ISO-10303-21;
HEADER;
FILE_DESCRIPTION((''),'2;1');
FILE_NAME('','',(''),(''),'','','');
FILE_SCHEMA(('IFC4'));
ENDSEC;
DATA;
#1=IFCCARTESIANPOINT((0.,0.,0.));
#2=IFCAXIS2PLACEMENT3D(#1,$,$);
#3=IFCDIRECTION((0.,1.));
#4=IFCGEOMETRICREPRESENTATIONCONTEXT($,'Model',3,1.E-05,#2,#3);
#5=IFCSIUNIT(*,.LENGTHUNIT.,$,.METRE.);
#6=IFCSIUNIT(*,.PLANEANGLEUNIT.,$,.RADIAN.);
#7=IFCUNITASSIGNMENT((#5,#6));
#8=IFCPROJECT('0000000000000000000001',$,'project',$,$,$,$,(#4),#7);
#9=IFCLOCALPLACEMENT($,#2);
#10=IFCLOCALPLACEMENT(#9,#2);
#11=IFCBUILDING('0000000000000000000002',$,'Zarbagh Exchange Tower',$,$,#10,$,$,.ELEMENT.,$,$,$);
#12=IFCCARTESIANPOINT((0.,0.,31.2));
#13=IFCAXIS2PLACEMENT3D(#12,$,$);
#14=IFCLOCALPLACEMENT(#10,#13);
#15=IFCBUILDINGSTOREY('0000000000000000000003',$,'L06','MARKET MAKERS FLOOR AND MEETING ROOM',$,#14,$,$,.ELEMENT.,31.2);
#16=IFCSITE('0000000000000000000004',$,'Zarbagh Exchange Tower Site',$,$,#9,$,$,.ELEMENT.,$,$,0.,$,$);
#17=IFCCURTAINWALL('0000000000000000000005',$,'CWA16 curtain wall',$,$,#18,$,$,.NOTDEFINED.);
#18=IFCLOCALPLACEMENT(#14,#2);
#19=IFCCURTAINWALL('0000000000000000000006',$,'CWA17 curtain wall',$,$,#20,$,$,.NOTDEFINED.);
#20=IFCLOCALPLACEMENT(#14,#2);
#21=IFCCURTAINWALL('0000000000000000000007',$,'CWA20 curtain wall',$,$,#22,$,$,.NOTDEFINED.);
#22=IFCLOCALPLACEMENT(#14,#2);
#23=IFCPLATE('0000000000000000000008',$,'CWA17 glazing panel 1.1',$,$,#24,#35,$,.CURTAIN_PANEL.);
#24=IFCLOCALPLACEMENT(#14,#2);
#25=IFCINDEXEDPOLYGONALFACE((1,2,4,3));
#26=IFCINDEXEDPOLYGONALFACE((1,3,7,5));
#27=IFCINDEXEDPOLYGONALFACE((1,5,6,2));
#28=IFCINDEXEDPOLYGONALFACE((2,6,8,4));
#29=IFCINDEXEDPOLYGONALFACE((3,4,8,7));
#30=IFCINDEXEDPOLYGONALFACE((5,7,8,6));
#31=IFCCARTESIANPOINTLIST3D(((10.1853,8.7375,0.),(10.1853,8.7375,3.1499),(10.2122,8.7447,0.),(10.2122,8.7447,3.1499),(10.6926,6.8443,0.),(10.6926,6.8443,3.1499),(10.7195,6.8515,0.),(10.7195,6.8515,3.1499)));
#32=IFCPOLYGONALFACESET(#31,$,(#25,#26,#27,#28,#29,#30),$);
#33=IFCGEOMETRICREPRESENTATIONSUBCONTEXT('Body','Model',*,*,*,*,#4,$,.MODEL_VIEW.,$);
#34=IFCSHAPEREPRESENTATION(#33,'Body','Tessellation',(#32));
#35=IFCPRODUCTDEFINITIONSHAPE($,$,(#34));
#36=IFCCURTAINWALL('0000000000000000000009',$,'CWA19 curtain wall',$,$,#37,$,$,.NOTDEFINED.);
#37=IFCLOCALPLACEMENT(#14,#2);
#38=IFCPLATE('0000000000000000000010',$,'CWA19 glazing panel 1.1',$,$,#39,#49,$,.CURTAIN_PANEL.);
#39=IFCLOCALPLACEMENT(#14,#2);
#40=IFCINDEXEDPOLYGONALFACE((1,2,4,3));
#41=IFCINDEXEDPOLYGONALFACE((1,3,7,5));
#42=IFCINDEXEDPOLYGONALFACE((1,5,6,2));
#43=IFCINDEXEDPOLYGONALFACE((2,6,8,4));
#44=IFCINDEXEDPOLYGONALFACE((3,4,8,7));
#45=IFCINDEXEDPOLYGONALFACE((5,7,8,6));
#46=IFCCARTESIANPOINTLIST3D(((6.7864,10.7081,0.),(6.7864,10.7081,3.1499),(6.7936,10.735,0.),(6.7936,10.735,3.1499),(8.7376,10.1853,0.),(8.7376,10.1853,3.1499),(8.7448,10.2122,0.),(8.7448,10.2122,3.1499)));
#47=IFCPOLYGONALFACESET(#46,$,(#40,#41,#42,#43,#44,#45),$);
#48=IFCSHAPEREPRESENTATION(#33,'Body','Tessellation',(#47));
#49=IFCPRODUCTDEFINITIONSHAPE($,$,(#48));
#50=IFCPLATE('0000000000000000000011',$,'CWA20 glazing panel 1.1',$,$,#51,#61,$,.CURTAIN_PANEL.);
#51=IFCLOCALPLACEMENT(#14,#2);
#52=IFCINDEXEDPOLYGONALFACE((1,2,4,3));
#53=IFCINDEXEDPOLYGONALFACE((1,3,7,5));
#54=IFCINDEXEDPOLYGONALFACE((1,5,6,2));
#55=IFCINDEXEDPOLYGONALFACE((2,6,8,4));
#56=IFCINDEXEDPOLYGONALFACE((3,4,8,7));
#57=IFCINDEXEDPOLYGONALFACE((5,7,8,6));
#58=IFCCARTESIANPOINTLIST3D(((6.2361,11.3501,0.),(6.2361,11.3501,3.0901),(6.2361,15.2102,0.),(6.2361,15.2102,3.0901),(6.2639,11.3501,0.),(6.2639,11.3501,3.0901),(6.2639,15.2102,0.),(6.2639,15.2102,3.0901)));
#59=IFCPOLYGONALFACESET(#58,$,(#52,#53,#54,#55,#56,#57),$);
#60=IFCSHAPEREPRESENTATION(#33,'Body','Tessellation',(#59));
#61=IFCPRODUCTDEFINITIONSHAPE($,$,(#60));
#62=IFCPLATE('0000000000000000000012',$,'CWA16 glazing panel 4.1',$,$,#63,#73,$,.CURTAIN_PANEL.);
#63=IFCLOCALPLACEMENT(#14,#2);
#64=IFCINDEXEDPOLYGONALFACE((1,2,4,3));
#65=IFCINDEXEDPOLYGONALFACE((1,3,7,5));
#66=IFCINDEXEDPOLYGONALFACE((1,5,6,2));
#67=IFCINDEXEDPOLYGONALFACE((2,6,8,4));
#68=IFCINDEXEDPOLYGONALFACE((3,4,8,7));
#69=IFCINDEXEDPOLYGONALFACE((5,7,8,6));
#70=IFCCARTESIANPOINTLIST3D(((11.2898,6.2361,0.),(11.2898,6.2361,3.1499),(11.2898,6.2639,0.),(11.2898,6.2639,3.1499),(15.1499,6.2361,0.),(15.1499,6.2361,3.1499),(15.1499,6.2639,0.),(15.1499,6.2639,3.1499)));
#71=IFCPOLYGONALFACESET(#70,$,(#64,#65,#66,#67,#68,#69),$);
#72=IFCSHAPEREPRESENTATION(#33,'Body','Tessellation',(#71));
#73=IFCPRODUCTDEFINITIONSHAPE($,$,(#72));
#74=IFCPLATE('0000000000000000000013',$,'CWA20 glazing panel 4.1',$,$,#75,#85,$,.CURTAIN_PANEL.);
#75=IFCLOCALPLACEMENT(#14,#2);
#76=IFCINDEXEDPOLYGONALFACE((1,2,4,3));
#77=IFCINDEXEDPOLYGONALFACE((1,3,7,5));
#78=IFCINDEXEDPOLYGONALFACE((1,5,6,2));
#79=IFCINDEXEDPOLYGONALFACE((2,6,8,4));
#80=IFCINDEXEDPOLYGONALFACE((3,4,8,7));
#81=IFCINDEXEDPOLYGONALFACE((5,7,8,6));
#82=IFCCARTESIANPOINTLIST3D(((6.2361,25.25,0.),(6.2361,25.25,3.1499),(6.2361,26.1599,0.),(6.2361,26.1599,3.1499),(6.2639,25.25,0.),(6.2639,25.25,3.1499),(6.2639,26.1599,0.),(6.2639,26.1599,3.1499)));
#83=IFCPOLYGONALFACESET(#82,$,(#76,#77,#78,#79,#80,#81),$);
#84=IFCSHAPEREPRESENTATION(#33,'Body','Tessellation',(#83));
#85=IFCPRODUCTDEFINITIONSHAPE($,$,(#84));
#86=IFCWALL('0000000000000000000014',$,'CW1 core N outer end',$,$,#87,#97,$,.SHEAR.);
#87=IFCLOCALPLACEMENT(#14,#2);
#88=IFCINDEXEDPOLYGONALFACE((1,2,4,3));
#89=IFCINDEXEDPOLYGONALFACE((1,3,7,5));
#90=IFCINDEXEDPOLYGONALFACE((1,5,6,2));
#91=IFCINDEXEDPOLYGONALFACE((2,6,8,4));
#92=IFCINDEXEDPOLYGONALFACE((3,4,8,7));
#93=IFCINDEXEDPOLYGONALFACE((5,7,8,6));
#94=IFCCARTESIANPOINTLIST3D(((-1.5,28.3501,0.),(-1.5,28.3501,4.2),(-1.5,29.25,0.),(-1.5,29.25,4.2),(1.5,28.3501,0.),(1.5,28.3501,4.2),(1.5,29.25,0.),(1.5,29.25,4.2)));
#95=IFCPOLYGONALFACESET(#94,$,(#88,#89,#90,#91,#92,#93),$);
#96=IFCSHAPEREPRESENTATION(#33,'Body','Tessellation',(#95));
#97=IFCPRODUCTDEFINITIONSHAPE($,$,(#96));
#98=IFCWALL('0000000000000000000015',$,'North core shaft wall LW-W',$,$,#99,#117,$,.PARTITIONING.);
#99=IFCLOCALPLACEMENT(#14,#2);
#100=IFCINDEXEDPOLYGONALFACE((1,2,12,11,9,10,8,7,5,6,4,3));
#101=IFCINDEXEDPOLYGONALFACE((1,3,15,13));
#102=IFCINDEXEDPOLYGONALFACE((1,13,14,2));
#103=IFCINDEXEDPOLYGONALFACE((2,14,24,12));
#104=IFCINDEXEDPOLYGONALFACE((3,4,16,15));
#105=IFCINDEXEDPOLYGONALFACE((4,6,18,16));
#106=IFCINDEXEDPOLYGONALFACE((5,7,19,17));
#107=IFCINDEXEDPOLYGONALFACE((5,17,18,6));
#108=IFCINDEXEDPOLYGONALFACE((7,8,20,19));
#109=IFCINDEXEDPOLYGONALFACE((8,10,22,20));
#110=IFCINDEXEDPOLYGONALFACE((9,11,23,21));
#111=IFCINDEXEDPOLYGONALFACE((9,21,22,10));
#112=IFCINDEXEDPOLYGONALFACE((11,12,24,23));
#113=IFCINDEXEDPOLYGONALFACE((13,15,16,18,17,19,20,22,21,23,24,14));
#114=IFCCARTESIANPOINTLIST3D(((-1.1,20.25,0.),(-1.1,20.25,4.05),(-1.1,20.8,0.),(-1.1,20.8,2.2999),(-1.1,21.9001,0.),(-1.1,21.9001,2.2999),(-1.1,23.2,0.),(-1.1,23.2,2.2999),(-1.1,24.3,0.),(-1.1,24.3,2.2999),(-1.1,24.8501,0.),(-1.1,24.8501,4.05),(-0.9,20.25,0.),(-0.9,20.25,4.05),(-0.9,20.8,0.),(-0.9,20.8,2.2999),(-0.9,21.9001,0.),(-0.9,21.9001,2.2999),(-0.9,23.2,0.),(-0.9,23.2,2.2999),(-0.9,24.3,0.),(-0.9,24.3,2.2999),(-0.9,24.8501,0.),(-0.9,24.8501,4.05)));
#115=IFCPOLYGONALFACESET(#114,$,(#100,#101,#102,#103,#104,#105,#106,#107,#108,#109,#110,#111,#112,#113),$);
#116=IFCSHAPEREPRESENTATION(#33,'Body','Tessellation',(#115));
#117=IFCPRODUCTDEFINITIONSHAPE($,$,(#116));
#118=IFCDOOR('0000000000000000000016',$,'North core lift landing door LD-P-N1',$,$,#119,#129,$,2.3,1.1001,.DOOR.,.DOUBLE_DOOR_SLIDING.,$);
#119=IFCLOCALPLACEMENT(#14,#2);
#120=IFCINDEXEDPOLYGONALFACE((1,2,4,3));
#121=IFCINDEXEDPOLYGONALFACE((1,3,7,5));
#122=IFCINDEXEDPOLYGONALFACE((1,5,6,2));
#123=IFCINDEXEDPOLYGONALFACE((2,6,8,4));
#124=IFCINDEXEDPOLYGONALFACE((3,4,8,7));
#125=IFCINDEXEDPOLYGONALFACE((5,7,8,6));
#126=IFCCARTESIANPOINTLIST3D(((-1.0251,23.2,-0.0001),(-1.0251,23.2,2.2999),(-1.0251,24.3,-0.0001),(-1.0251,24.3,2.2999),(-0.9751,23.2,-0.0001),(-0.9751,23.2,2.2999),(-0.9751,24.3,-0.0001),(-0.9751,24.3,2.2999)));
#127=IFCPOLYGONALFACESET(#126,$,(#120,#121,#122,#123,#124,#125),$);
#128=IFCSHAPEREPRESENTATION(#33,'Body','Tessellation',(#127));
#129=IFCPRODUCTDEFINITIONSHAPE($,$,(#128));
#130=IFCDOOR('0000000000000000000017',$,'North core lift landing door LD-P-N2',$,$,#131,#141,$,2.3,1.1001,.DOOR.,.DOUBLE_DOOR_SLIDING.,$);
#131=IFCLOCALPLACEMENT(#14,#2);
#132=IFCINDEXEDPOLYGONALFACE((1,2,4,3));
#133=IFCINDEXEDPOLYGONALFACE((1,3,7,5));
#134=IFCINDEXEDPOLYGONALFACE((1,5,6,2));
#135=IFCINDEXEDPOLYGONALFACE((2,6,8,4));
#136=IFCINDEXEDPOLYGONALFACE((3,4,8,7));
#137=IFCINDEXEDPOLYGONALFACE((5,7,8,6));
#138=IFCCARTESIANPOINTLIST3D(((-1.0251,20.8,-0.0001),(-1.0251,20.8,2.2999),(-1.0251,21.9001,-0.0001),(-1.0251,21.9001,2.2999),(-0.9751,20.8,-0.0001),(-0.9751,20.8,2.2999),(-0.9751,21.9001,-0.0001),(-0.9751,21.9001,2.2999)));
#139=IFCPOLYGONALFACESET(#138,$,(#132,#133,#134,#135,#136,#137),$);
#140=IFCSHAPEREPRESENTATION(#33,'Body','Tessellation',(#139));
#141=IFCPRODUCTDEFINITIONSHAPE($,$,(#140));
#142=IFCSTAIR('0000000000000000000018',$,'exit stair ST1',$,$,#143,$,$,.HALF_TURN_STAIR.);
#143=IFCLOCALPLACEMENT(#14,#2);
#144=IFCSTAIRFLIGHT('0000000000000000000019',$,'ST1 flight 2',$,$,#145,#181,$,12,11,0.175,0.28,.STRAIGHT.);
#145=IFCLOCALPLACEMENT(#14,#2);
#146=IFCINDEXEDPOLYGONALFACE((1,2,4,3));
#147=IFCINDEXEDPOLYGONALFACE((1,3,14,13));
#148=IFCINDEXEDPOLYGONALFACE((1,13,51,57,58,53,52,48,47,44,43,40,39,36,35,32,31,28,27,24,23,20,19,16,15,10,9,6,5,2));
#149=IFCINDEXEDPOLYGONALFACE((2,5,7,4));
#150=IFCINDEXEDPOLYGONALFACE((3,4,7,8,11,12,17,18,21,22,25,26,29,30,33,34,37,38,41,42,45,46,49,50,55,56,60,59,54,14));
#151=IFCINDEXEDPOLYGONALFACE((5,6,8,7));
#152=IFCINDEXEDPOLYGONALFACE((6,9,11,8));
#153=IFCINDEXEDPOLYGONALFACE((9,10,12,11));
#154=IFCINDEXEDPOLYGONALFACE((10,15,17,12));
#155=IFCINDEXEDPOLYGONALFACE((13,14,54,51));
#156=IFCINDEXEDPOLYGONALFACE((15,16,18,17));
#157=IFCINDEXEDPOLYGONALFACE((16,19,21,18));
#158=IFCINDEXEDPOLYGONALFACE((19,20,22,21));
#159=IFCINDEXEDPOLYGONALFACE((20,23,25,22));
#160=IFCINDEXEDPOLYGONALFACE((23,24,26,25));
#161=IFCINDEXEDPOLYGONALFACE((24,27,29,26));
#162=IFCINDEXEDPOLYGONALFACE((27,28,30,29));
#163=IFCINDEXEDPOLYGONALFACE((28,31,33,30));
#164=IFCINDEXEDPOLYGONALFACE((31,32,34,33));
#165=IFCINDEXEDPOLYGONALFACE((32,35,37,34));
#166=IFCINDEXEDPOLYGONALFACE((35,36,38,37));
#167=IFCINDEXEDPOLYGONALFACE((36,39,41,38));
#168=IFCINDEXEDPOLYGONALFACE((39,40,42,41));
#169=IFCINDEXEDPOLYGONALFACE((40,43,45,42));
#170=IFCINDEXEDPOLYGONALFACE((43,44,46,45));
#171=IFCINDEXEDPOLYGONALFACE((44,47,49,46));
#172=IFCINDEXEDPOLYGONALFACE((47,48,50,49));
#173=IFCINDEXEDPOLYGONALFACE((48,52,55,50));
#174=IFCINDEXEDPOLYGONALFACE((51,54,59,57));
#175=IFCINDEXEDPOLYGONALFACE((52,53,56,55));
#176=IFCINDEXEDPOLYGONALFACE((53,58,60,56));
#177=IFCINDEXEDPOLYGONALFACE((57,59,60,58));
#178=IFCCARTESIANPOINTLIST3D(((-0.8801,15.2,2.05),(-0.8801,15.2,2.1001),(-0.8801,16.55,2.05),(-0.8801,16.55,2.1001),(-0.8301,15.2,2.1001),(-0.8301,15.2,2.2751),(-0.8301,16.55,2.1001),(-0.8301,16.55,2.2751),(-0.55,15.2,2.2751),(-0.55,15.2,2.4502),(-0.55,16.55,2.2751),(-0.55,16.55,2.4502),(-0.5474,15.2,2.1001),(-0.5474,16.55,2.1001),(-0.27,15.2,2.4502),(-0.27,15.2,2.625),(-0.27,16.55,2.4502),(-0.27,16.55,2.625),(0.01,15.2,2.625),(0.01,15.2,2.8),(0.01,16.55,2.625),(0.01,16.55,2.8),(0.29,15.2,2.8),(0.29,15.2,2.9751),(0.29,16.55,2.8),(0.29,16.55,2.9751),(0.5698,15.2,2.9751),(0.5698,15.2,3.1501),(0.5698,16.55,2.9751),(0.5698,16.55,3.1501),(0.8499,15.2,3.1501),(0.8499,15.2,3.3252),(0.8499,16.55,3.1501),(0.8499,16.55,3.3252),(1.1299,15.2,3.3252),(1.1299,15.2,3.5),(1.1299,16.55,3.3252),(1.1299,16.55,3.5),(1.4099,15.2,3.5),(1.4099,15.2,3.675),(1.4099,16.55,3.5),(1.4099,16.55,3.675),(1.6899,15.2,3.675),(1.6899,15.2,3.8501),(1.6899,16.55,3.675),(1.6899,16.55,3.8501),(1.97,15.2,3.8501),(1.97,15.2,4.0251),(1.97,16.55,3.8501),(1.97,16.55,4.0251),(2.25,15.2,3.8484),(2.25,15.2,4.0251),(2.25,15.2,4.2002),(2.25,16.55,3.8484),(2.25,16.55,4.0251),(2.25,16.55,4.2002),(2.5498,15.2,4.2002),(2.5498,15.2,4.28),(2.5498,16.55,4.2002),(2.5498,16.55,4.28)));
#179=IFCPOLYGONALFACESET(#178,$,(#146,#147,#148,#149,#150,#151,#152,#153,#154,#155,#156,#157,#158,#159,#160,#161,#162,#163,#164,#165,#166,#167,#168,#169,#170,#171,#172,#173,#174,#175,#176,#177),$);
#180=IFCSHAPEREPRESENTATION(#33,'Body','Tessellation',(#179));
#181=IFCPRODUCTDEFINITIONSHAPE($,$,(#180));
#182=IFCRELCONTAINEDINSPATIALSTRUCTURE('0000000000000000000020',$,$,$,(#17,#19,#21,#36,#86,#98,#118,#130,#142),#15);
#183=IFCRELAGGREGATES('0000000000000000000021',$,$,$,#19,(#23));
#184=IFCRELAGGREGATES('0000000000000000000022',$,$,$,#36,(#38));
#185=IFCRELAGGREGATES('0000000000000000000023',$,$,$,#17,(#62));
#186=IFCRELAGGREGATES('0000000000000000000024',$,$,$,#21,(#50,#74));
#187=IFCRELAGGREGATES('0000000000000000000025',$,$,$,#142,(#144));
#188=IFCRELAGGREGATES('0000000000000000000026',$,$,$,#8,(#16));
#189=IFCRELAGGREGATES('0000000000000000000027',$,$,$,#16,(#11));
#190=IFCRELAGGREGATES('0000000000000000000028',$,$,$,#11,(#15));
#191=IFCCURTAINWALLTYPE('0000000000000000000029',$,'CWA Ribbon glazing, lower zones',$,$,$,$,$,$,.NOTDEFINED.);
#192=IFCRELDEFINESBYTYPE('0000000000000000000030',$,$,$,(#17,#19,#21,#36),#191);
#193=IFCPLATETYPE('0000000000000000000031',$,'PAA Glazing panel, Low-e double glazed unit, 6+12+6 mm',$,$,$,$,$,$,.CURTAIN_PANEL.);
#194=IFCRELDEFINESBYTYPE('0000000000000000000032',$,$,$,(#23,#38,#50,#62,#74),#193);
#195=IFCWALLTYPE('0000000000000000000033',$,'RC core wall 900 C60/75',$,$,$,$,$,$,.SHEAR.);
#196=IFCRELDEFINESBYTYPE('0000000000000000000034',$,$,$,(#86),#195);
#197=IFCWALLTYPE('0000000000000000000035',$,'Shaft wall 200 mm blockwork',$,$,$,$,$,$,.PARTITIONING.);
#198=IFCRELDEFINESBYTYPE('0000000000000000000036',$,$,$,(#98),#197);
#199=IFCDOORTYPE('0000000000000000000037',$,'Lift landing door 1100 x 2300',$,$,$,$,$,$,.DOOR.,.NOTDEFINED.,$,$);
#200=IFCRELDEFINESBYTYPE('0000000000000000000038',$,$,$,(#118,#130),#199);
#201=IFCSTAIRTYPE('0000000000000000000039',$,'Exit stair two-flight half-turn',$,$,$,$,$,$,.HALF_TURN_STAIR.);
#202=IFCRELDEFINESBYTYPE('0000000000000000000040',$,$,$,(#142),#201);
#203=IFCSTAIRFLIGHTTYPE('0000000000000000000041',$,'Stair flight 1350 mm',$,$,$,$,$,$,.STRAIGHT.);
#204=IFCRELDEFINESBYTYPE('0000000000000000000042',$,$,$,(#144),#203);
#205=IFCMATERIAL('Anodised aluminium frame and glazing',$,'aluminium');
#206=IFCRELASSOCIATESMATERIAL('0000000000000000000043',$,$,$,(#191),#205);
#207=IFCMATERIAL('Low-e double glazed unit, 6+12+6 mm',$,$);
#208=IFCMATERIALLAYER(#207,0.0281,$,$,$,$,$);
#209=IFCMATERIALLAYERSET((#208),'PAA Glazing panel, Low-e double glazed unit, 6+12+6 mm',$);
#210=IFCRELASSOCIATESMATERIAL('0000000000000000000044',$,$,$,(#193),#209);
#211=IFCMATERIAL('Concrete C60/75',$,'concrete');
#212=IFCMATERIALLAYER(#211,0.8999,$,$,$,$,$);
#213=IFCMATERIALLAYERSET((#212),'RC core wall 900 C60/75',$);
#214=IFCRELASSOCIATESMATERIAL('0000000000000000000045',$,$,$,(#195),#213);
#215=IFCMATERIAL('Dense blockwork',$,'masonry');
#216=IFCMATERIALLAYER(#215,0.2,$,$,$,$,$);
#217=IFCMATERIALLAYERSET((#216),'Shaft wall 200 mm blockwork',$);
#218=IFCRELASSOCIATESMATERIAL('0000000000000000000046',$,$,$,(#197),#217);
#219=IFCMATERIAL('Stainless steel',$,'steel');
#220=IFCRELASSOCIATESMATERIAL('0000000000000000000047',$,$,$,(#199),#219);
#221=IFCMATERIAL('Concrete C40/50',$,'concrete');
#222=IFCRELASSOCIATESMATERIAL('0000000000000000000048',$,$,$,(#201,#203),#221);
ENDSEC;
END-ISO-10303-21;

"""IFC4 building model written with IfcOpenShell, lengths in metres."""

from ifc_helpers import new_model, si_unit, direction, frame, frame_2d, origin, place, context, subcontext, project, spatial, polyline, rectangle, outline, extrude, source, transform, mapped, material, layer, layer_set, type_object, element, fill, aggregate, save


model = new_model("IFC4")

# Units and contexts
model_context = context("Model", 3, precision=1e-05, world=origin(), true_north=direction((0.0, 1.0)))
body_context = subcontext(model_context, "Body", "Model", "MODEL_VIEW")
ifc_project = project(units=[si_unit("LENGTHUNIT", "METRE"), si_unit("PLANEANGLEUNIT", "RADIAN")], contexts=[model_context])

# Site, building, storey
site_placement = place(None, origin())
site = spatial("IfcSite", under=ifc_project, at=site_placement, Name="Zarbagh Exchange Tower Site", CompositionType="ELEMENT", RefElevation=0.0)
building_placement = place(site_placement, origin())
building = spatial("IfcBuilding", under=site, at=building_placement, Name="Zarbagh Exchange Tower", CompositionType="ELEMENT")
storey_placement = place(building_placement, frame((0.0, 0.0, 31.2)))
storey = spatial("IfcBuildingStorey", under=building, at=storey_placement, Name="L06", Description="MARKET MAKERS FLOOR AND MEETING ROOM", CompositionType="ELEMENT", Elevation=31.2)

# Shared definitions
ifc_material_1 = material(Name="Concrete C60/75", Category="concrete")

# Curtain wall
ifc_material_2 = material(Name="Anodised aluminium frame and glazing", Category="aluminium")
curtain_wall_type = type_object("IfcCurtainWallType", Name="CWA Ribbon glazing, lower zones", PredefinedType="NOTDEFINED", material=ifc_material_2)
curtain_wall_1_placement = place(storey_placement, origin())
curtain_wall_1 = element("IfcCurtainWall", 1, at=curtain_wall_1_placement, inside=storey, type_object=curtain_wall_type, Name="CWA16 curtain wall", PredefinedType="NOTDEFINED")
placement = place(storey_placement, origin())

# Curtain wall
curtain_wall_2_placement = place(storey_placement, origin())
curtain_wall_2 = element("IfcCurtainWall", 2, at=curtain_wall_2_placement, inside=storey, type_object=curtain_wall_type, Name="CWA17 curtain wall", PredefinedType="NOTDEFINED")

# Curtain wall
curtain_wall_3_placement = place(storey_placement, origin())
curtain_wall_3 = element("IfcCurtainWall", 3, at=curtain_wall_3_placement, inside=storey, type_object=curtain_wall_type, Name="CWA20 curtain wall", PredefinedType="NOTDEFINED")

# Shared definitions
ifc_material_3 = material(Name="Low-e double glazed unit, 6+12+6 mm")
ifc_layer_1 = layer(ifc_material_3, 0.0281)
ifc_layer_set_1 = layer_set([ifc_layer_1], Name="PAA Glazing panel, Low-e double glazed unit, 6+12+6 mm")
plate_type = type_object("IfcPlateType", Name="PAA Glazing panel, Low-e double glazed unit, 6+12+6 mm", PredefinedType="CURTAIN_PANEL", material=ifc_layer_set_1)

# Plate
shared_shape_1 = source(origin(), body_context, "Body", "SweptSolid", [
    extrude(outline(polyline([(0.0, -0.0139), (1.96, -0.0139), (1.96, 0.0139), (0.0, 0.0139), (0.0, -0.0139)])), origin(), (0.0, 0.0, 1.0), 3.1499),
])
plate_1 = element("IfcPlate", 4, at=placement, type_object=plate_type, Name="CWA17 glazing panel 1.1", PredefinedType="CURTAIN_PANEL", context=body_context, shape_type="MappedRepresentation", body=[
    mapped(shared_shape_1, transform((10.7061, 6.8479, 0.0), x_axis=(-0.258825, 0.965924, 0.0), y_axis=(-0.965924, -0.258825, 0.0), z_axis=(0.0, 0.0, 1.0))),
])
aggregate(curtain_wall_2, [plate_1])

# Curtain wall, plate
curtain_wall_4_placement = place(storey_placement, origin())
curtain_wall_4 = element("IfcCurtainWall", 5, at=curtain_wall_4_placement, inside=storey, type_object=curtain_wall_type, Name="CWA19 curtain wall", PredefinedType="NOTDEFINED")
shared_shape_2 = source(origin(), body_context, "Body", "SweptSolid", [
    extrude(outline(polyline([(0.0, -0.0139), (2.02, -0.0139), (2.02, 0.0139), (0.0, 0.0139), (0.0, -0.0139)])), origin(), (0.0, 0.0, 1.0), 3.1499),
])
plate_2 = element("IfcPlate", 6, at=placement, type_object=plate_type, Name="CWA19 glazing panel 1.1", PredefinedType="CURTAIN_PANEL", context=body_context, shape_type="MappedRepresentation", body=[
    mapped(shared_shape_2, transform((8.7412, 10.1987, 0.0), x_axis=(-0.965924, 0.258825, 0.0), y_axis=(-0.258825, -0.965924, 0.0), z_axis=(0.0, 0.0, 1.0))),
])
aggregate(curtain_wall_4, [plate_2])

# Plates
shared_shape_3 = source(origin(), body_context, "Body", "SweptSolid", [
    extrude(outline(polyline([(0.0, -0.0139), (3.8601, -0.0139), (3.8601, 0.0139), (0.0, 0.0139), (0.0, -0.0139)])), origin(), (0.0, 0.0, 1.0), 3.0901),
])
plate_3 = element("IfcPlate", 7, at=placement, type_object=plate_type, Name="CWA20 glazing panel 1.1", PredefinedType="CURTAIN_PANEL", context=body_context, shape_type="MappedRepresentation", body=[
    mapped(shared_shape_3, transform((6.25, 11.3501, 0.0), x_axis=(0.0, 1.0, 0.0), y_axis=(-1.0, 0.0, 0.0), z_axis=(0.0, 0.0, 1.0))),
])
shared_shape_4 = source(origin(), body_context, "Body", "SweptSolid", [
    extrude(outline(polyline([(0.0, -0.0139), (3.8601, -0.0139), (3.8601, 0.0139), (0.0, 0.0139), (0.0, -0.0139)])), origin(), (0.0, 0.0, 1.0), 3.1499),
])
plate_4 = element("IfcPlate", 8, at=placement, type_object=plate_type, Name="CWA16 glazing panel 4.1", PredefinedType="CURTAIN_PANEL", context=body_context, shape_type="MappedRepresentation", body=[
    mapped(shared_shape_4, transform((15.1499, 6.25, 0.0), x_axis=(-1.0, 0.0, 0.0), y_axis=(0.0, -1.0, 0.0), z_axis=(0.0, 0.0, 1.0))),
])
aggregate(curtain_wall_1, [plate_4])
shared_shape_5 = source(origin(), body_context, "Body", "SweptSolid", [
    extrude(outline(polyline([(0.0, -0.0139), (0.9099, -0.0139), (0.9099, 0.0139), (0.0, 0.0139), (0.0, -0.0139)])), origin(), (0.0, 0.0, 1.0), 3.1499),
])
plate_5 = element("IfcPlate", 9, at=placement, type_object=plate_type, Name="CWA20 glazing panel 4.1", PredefinedType="CURTAIN_PANEL", context=body_context, shape_type="MappedRepresentation", body=[
    mapped(shared_shape_5, transform((6.25, 25.25, 0.0), x_axis=(0.0, 1.0, 0.0), y_axis=(-1.0, 0.0, 0.0), z_axis=(0.0, 0.0, 1.0))),
])
aggregate(curtain_wall_3, [plate_3, plate_5])

# Wall
ifc_layer_2 = layer(ifc_material_1, 0.8999)
ifc_layer_set_2 = layer_set([ifc_layer_2], Name="RC core wall 900 C60/75")
wall_type_1 = type_object("IfcWallType", Name="RC core wall 900 C60/75", PredefinedType="SHEAR", material=ifc_layer_set_2)
wall_1_placement = place(storey_placement, frame((-1.5, 28.8, 0.0), z_axis=(0.0, 0.0, 1.0), x_axis=(1.0, 0.0, 0.0)))
element("IfcWall", 10, at=wall_1_placement, inside=storey, type_object=wall_type_1, Name="CW1 core N outer end", PredefinedType="SHEAR", context=body_context, shape_type="SweptSolid", body=[
    extrude(rectangle(XDim=3.0, YDim=0.8999, at=frame_2d((1.5, 0.0))), origin(), (0.0, 0.0, 1.0), 4.2),
])

# Wall, openings, doors
ifc_material_4 = material(Name="Dense blockwork", Category="masonry")
ifc_layer_3 = layer(ifc_material_4, 0.2)
ifc_layer_set_3 = layer_set([ifc_layer_3], Name="Shaft wall 200 mm blockwork")
wall_type_2 = type_object("IfcWallType", Name="Shaft wall 200 mm blockwork", PredefinedType="PARTITIONING", material=ifc_layer_set_3)
wall_2_placement = place(storey_placement, frame((-1.0, 24.8501, 0.0), z_axis=(0.0, 0.0, 1.0), x_axis=(0.0, -1.0, 0.0)))
wall_2 = element("IfcWall", 11, at=wall_2_placement, inside=storey, type_object=wall_type_2, Name="North core shaft wall LW-W", PredefinedType="PARTITIONING", context=body_context, shape_type="SweptSolid", body=[
    extrude(rectangle(XDim=4.6001, YDim=0.2, at=frame_2d((2.3, 0.0))), origin(), (0.0, 0.0, 1.0), 4.05),
])
opening_1_placement = place(wall_2_placement, frame((0.55, 0.0, 0.0)))
opening_1 = element("IfcOpeningElement", 12, at=opening_1_placement, cuts=wall_2, PredefinedType="OPENING", context=body_context, shape_type="SweptSolid", body=[
    extrude(rectangle(XDim=1.1001, YDim=2.3, at=frame_2d((0.55, 1.1499))), frame((0.0, 0.1099, 0.0), z_axis=(0.0, -1.0, 0.0), x_axis=(1.0, 0.0, 0.0)), (0.0, 0.0, 1.0), 0.22),
])
opening_2_placement = place(wall_2_placement, frame((2.95, 0.0, 0.0)))
opening_2 = element("IfcOpeningElement", 13, at=opening_2_placement, cuts=wall_2, PredefinedType="OPENING", context=body_context, shape_type="SweptSolid", body=[
    extrude(rectangle(XDim=1.1001, YDim=2.3, at=frame_2d((0.55, 1.1499))), frame((0.0, 0.1099, 0.0), z_axis=(0.0, -1.0, 0.0), x_axis=(1.0, 0.0, 0.0)), (0.0, 0.0, 1.0), 0.22),
])
ifc_material_5 = material(Name="Stainless steel", Category="steel")
door_type = type_object("IfcDoorType", Name="Lift landing door 1100 x 2300", OperationType="NOTDEFINED", PredefinedType="DOOR", material=ifc_material_5)
door_1_placement = place(opening_1_placement, origin())
door_1 = element("IfcDoor", 14, at=door_1_placement, inside=storey, type_object=door_type, Name="North core lift landing door LD-P-N1", OperationType="DOUBLE_DOOR_SLIDING", OverallHeight=2.3, OverallWidth=1.1001, PredefinedType="DOOR", context=body_context, shape_type="SweptSolid", body=[
    extrude(rectangle(XDim=1.1001, YDim=2.3, at=frame_2d((0.55, 1.1499))), frame((0.0, 0.0249, 0.0), z_axis=(0.0, -1.0, 0.0), x_axis=(1.0, 0.0, 0.0)), (0.0, 0.0, 1.0), 0.05),
])
fill(opening_1, door_1)
door_2_placement = place(opening_2_placement, origin())
door_2 = element("IfcDoor", 15, at=door_2_placement, inside=storey, type_object=door_type, Name="North core lift landing door LD-P-N2", OperationType="DOUBLE_DOOR_SLIDING", OverallHeight=2.3, OverallWidth=1.1001, PredefinedType="DOOR", context=body_context, shape_type="SweptSolid", body=[
    extrude(rectangle(XDim=1.1001, YDim=2.3, at=frame_2d((0.55, 1.1499))), frame((0.0, 0.0249, 0.0), z_axis=(0.0, -1.0, 0.0), x_axis=(1.0, 0.0, 0.0)), (0.0, 0.0, 1.0), 0.05),
])
fill(opening_2, door_2)

# Stair, stair flight
ifc_material_6 = material(Name="Concrete C40/50", Category="concrete")
stair_type = type_object("IfcStairType", Name="Exit stair two-flight half-turn", PredefinedType="HALF_TURN_STAIR", material=ifc_material_6)
stair_placement = place(storey_placement, origin())
stair = element("IfcStair", 16, at=stair_placement, inside=storey, type_object=stair_type, Name="exit stair ST1", PredefinedType="HALF_TURN_STAIR")
stair_flight_type = type_object("IfcStairFlightType", Name="Stair flight 1350 mm", PredefinedType="STRAIGHT", material=ifc_material_6)
stair_flight_placement = place(storey_placement, frame((-0.8301, 15.875, 2.1001), z_axis=(0.0, 0.0, 1.0), x_axis=(1.0, 0.0, 0.0)))
stair_flight = element("IfcStairFlight", 17, at=stair_flight_placement, type_object=stair_flight_type, Name="ST1 flight 2", NumberOfRisers=12, NumberOfTreads=11, PredefinedType="STRAIGHT", RiserHeight=0.175, TreadLength=0.28, context=body_context, shape_type="SweptSolid", body=[
    extrude(outline(polyline([(-0.05, -0.05), (-0.05, 0.0), (0.0, 0.0), (0.0, 0.175), (0.28, 0.175), (0.28, 0.3501), (0.5601, 0.3501), (0.5601, 0.5249), (0.8401, 0.5249), (0.8401, 0.7), (1.1201, 0.7), (1.1201, 0.875), (1.3999, 0.875), (1.3999, 1.05), (1.6799, 1.05), (1.6799, 1.2251), (1.96, 1.2251), (1.96, 1.3999), (2.24, 1.3999), (2.24, 1.575), (2.52, 1.575), (2.52, 1.75), (2.8, 1.75), (2.8, 1.925), (3.0801, 1.925), (3.0801, 2.1001), (3.3799, 2.1799), (3.3799, 2.1001), (3.0801, 1.7483), (0.2827, 0.0), (-0.05, -0.05)])), frame((0.0, 0.675, 0.0), z_axis=(0.0, -1.0, 0.0), x_axis=(1.0, 0.0, 0.0)), (0.0, 0.0, 1.0), 1.3501),
])
aggregate(stair, [stair_flight])

save(model, "model.ifc")
